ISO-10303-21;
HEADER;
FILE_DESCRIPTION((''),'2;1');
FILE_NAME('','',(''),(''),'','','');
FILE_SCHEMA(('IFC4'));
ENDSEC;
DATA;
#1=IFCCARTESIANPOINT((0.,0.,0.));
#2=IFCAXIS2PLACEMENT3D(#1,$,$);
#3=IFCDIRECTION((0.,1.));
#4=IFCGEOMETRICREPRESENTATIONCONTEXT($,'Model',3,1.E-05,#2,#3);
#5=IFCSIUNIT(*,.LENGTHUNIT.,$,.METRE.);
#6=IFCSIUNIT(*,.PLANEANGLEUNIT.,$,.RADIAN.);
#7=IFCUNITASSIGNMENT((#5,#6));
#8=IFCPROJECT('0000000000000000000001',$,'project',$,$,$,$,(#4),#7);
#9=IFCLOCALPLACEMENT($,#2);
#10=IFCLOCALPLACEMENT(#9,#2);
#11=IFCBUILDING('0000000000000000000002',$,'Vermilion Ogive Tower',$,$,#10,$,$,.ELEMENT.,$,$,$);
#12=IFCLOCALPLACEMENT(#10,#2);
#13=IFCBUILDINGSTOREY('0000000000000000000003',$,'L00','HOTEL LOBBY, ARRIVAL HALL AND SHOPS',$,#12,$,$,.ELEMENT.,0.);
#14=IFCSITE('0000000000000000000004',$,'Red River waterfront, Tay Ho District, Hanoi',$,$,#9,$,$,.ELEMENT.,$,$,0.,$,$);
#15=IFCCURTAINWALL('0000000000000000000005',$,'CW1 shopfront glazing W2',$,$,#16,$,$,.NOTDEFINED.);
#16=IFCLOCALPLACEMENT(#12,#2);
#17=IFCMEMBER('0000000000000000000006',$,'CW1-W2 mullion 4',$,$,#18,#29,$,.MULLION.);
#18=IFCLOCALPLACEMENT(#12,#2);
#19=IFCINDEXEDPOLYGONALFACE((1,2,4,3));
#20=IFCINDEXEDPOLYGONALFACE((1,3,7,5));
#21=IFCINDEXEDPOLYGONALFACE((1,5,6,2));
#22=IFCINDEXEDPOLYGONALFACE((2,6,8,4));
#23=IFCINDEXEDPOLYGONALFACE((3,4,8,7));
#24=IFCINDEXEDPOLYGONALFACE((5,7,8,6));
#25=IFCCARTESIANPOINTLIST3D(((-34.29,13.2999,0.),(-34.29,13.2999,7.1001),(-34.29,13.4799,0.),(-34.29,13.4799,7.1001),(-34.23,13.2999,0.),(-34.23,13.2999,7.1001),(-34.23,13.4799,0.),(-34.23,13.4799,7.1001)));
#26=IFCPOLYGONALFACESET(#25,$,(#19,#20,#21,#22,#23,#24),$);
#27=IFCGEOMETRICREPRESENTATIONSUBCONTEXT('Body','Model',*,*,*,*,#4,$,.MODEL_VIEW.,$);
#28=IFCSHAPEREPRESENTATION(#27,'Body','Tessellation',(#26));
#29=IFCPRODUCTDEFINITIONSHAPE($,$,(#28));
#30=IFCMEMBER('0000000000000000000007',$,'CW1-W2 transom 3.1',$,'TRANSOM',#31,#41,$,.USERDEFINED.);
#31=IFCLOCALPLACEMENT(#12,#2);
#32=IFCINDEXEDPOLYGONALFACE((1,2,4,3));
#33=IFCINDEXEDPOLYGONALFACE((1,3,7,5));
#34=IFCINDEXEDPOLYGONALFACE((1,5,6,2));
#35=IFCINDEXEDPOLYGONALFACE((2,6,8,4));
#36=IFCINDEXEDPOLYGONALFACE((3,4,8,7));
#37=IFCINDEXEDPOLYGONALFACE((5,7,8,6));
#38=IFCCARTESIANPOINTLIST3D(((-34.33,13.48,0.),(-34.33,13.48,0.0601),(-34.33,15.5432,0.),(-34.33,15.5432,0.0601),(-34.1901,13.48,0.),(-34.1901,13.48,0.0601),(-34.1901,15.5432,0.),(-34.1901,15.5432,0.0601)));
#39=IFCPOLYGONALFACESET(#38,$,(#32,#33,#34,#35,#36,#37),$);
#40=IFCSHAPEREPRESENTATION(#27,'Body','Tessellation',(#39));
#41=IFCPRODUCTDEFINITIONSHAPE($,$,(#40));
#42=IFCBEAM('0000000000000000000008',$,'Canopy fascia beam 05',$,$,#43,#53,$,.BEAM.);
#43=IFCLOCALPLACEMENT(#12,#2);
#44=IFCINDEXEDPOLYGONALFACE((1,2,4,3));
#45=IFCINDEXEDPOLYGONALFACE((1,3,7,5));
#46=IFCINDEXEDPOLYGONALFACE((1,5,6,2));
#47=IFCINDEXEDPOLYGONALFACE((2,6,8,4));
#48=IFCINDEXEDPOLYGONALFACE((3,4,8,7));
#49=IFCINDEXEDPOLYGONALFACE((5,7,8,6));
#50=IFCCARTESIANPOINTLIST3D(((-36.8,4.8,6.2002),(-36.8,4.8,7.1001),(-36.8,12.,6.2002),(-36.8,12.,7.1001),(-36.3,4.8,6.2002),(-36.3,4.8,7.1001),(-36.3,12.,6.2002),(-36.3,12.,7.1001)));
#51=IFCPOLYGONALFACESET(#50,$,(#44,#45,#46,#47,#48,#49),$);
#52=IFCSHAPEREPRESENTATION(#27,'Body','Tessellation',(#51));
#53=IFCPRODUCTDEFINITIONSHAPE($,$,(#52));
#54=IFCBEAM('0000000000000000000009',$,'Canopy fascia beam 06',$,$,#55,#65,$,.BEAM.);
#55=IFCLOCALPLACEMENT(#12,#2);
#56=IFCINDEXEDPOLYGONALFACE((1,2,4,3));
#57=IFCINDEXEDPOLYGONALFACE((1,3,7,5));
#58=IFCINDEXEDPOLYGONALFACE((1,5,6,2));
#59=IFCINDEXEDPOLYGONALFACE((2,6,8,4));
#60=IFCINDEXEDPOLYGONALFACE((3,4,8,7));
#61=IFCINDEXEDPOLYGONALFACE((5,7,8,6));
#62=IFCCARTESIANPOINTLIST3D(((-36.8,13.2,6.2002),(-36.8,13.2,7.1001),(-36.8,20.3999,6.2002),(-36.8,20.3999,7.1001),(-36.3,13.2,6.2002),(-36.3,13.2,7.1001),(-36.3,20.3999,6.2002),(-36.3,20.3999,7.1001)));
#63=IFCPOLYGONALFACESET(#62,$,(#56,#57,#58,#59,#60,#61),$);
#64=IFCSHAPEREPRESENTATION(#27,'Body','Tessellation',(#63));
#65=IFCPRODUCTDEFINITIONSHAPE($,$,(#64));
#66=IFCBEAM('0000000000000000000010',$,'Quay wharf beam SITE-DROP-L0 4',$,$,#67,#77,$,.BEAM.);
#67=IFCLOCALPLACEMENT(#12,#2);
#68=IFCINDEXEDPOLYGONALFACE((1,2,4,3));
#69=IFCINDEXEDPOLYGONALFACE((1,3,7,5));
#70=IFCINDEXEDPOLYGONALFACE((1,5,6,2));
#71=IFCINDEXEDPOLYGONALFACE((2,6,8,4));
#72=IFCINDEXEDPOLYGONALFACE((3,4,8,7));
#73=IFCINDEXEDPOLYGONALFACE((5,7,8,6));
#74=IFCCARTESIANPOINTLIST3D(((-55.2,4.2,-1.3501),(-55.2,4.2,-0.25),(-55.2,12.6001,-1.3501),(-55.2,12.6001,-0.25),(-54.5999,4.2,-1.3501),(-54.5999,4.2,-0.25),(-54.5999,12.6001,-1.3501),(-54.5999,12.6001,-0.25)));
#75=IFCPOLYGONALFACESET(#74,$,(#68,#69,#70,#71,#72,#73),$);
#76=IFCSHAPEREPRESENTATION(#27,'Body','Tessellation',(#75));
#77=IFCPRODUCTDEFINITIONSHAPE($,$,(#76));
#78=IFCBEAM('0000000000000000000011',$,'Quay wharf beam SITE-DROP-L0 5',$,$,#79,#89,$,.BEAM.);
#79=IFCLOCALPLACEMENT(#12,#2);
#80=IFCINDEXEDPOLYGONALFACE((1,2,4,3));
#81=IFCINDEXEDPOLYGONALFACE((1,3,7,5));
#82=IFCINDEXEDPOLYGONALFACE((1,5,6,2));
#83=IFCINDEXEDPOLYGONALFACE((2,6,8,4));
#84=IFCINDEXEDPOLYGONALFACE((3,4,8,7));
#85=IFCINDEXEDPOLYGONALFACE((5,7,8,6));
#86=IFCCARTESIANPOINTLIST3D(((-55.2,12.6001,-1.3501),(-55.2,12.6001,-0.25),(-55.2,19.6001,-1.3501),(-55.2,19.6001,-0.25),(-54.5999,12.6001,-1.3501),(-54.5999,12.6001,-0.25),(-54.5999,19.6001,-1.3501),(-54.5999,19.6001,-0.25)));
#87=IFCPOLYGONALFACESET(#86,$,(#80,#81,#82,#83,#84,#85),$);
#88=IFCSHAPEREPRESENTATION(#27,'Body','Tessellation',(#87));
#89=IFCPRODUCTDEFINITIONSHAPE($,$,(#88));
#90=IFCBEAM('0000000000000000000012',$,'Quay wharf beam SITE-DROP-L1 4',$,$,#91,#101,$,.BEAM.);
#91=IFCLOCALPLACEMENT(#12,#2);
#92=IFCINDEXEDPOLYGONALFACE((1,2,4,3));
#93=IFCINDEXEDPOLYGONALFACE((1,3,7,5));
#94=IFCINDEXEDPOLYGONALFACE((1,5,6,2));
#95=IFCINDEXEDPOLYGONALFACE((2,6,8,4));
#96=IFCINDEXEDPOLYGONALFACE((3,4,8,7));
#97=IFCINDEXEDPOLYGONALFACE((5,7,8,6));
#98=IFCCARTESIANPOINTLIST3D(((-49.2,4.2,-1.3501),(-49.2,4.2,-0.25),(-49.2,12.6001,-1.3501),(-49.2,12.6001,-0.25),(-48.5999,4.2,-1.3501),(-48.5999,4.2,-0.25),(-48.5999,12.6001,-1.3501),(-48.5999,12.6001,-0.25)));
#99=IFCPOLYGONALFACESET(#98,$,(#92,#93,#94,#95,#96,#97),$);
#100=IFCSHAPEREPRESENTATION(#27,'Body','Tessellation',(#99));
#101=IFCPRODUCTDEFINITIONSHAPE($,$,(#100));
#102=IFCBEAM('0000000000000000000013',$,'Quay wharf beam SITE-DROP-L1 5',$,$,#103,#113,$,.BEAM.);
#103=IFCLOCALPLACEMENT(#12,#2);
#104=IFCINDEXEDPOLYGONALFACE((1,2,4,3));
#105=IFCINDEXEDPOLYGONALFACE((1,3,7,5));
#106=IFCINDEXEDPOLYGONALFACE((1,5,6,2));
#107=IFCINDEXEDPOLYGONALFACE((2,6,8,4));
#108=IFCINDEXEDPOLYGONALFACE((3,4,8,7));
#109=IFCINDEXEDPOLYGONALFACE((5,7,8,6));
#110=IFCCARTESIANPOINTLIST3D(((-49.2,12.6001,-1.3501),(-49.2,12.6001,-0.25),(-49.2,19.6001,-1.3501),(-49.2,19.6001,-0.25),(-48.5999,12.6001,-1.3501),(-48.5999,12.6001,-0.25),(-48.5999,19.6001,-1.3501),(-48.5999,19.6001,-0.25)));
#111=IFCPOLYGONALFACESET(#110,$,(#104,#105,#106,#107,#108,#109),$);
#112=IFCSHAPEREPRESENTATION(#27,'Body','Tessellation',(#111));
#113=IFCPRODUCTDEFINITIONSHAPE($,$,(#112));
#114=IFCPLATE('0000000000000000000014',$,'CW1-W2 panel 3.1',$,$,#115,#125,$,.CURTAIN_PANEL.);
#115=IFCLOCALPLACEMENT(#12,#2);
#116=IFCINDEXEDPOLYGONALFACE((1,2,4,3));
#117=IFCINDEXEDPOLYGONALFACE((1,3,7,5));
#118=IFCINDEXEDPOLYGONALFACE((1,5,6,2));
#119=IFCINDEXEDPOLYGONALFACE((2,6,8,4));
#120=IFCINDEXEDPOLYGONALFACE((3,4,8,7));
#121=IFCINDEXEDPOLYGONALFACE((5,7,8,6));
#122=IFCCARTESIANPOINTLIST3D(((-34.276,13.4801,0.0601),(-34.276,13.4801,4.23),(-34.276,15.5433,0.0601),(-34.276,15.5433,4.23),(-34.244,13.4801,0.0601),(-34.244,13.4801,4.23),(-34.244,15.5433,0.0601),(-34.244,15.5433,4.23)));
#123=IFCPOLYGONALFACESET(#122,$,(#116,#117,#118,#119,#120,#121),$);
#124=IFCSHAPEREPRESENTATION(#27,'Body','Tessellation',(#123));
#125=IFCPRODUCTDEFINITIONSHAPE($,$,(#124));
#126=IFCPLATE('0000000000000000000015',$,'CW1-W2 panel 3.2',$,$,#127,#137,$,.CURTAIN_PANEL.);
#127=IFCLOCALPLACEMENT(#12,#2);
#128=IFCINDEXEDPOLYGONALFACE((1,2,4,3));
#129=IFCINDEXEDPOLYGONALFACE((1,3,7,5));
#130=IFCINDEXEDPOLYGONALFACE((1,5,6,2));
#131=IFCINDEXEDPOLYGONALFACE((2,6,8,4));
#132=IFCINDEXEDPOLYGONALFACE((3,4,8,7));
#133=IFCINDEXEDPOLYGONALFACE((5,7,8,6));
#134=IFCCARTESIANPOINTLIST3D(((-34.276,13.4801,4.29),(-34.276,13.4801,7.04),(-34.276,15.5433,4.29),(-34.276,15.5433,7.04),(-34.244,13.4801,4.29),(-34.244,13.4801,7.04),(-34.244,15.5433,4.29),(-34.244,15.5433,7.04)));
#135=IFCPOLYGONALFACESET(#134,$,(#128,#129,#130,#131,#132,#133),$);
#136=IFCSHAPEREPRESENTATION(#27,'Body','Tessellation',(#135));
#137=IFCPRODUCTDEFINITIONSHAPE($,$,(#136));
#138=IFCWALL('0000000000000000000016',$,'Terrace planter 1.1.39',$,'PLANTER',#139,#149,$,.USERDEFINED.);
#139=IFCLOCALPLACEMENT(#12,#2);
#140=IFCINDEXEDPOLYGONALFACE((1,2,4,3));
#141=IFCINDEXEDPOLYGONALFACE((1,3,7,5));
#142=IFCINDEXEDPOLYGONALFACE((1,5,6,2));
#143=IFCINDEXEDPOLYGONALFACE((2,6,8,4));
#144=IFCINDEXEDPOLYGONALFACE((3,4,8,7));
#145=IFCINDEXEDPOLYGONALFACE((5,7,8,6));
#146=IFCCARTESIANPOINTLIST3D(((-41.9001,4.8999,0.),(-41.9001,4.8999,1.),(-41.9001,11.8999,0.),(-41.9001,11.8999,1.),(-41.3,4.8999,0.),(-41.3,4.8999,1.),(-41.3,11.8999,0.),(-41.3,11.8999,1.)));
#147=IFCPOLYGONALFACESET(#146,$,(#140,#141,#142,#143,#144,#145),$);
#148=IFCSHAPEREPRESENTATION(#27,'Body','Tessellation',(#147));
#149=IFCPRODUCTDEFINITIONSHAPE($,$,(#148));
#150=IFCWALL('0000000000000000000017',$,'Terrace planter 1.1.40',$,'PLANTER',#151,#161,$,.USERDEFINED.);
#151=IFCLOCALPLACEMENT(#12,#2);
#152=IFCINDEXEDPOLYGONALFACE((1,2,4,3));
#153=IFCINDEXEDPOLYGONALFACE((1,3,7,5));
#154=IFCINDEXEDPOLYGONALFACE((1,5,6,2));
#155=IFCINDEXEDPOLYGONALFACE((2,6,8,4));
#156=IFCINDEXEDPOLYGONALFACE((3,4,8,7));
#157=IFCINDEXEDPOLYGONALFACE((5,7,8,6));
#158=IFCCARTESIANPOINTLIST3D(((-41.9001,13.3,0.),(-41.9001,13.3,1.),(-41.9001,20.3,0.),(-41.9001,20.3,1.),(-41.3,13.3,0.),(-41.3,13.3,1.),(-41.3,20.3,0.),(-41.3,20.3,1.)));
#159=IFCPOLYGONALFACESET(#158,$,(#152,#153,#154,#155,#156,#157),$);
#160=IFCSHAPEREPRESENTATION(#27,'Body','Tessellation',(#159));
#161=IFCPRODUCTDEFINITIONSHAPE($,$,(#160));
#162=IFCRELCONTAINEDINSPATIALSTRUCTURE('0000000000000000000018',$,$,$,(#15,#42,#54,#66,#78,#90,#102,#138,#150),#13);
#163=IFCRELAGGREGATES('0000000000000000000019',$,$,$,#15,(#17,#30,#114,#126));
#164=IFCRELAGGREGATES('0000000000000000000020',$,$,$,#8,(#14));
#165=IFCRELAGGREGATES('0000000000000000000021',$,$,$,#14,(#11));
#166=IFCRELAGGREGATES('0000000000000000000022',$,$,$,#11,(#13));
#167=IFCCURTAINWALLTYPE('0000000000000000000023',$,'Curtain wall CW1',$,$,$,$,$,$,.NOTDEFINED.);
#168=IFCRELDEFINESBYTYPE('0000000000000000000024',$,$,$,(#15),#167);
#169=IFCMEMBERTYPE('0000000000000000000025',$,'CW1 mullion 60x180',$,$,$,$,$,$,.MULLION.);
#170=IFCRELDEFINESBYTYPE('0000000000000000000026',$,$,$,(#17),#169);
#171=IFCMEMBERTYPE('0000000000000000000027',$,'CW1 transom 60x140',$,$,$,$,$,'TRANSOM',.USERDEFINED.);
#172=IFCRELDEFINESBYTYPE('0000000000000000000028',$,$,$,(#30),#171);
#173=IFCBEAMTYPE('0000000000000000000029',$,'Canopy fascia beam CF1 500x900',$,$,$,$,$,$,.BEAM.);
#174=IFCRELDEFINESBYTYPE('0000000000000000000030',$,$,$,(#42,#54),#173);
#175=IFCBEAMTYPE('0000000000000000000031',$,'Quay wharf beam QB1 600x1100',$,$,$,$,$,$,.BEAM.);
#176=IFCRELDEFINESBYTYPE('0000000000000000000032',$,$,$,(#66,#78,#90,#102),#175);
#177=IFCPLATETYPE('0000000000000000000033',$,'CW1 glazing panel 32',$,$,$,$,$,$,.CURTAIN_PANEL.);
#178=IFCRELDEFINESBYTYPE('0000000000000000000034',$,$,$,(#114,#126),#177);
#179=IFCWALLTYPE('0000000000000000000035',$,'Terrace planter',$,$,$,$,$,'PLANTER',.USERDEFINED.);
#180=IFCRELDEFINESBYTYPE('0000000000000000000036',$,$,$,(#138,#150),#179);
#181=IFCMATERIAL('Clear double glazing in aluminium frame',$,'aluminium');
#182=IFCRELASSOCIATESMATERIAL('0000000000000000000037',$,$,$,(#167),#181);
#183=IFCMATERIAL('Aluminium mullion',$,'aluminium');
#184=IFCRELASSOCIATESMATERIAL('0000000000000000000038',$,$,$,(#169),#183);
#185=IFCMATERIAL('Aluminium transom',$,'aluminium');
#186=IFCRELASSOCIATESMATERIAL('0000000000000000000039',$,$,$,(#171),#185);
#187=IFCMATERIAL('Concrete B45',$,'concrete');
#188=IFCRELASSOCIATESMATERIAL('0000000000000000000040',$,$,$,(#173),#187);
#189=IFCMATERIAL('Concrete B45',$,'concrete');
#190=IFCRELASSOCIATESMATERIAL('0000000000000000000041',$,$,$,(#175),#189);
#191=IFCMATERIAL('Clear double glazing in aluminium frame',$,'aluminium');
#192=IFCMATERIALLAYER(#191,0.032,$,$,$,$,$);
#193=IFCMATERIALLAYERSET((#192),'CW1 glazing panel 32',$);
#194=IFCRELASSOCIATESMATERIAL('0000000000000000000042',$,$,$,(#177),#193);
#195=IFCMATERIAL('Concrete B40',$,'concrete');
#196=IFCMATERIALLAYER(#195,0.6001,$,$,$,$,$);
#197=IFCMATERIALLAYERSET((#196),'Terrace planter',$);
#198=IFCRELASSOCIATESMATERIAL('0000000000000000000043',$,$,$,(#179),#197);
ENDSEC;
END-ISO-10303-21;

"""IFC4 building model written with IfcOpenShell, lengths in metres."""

from ifc_helpers import new_model, si_unit, direction, frame, frame_2d, origin, origin_2d, place, context, subcontext, project, spatial, rectangle, extrude, material, layer, layer_set, material_profile, profile_set, type_object, element, aggregate, save


model = new_model("IFC4")

# Units and contexts
model_context = context("Model", 3, precision=1e-05, world=origin(), true_north=direction((0.0, 1.0)))
body_context = subcontext(model_context, "Body", "Model", "MODEL_VIEW")
ifc_project = project(units=[si_unit("LENGTHUNIT", "METRE"), si_unit("PLANEANGLEUNIT", "RADIAN")], contexts=[model_context])

# Site, building, storey
site_placement = place(None, origin())
site = spatial("IfcSite", under=ifc_project, at=site_placement, Name="Red River waterfront, Tay Ho District, Hanoi", CompositionType="ELEMENT", RefElevation=0.0)
building_placement = place(site_placement, origin())
building = spatial("IfcBuilding", under=site, at=building_placement, Name="Vermilion Ogive Tower", CompositionType="ELEMENT")
storey_placement = place(building_placement, origin())
storey = spatial("IfcBuildingStorey", under=building, at=storey_placement, Name="L00", Description="HOTEL LOBBY, ARRIVAL HALL AND SHOPS", CompositionType="ELEMENT", Elevation=0.0)

# Curtain wall, members
ifc_material_1 = material(Name="Clear double glazing in aluminium frame", Category="aluminium")
curtain_wall_type = type_object("IfcCurtainWallType", Name="Curtain wall CW1", PredefinedType="NOTDEFINED", material=ifc_material_1)
curtain_wall_placement = place(storey_placement, origin())
curtain_wall = element("IfcCurtainWall", 1, at=curtain_wall_placement, inside=storey, type_object=curtain_wall_type, Name="CW1 shopfront glazing W2", PredefinedType="NOTDEFINED")
ifc_material_2 = material(Name="Aluminium mullion", Category="aluminium")
ifc_material_profile_1 = material_profile(ifc_material_2, rectangle(XDim=0.0601, YDim=0.1799, at=origin_2d()), Name="AL 60x180")
ifc_profile_set_1 = profile_set([ifc_material_profile_1], Name="Aluminium mullion")
member_type_1 = type_object("IfcMemberType", Name="CW1 mullion 60x180", PredefinedType="MULLION", material=ifc_profile_set_1)
member_1_placement = place(storey_placement, frame((-34.26, 13.3899, 0.0), z_axis=(0.0, 0.0, 1.0), x_axis=(1.0, 0.0, 0.0)))
member_1 = element("IfcMember", 2, at=member_1_placement, type_object=member_type_1, Name="CW1-W2 mullion 4", PredefinedType="MULLION", context=body_context, shape_type="SweptSolid", body=[
    extrude(rectangle(XDim=0.0601, YDim=0.1799, at=origin_2d()), origin(), (0.0, 0.0, 1.0), 7.1001),
])
ifc_material_3 = material(Name="Aluminium transom", Category="aluminium")
ifc_material_profile_2 = material_profile(ifc_material_3, rectangle(XDim=0.1399, YDim=0.0601, at=origin_2d()), Name="AL 60x140")
ifc_profile_set_2 = profile_set([ifc_material_profile_2], Name="Aluminium transom")
member_type_2 = type_object("IfcMemberType", Name="CW1 transom 60x140", ElementType="TRANSOM", PredefinedType="USERDEFINED", material=ifc_profile_set_2)
member_2_placement = place(storey_placement, frame((-34.26, 15.5432, 0.03), z_axis=(0.0, -1.0, 0.0), x_axis=(1.0, 0.0, 0.0)))
member_2 = element("IfcMember", 3, at=member_2_placement, type_object=member_type_2, Name="CW1-W2 transom 3.1", ObjectType="TRANSOM", PredefinedType="USERDEFINED", context=body_context, shape_type="SweptSolid", body=[
    extrude(rectangle(XDim=0.1399, YDim=0.0601, at=origin_2d()), origin(), (0.0, 0.0, 1.0), 2.0632),
])

# Beams
ifc_material_4 = material(Name="Concrete B45", Category="concrete")
ifc_material_profile_3 = material_profile(ifc_material_4, rectangle(XDim=0.5, YDim=0.8999, at=origin_2d()), Name="RC 500x900")
ifc_profile_set_3 = profile_set([ifc_material_profile_3], Name="Concrete B45")
beam_type_1 = type_object("IfcBeamType", Name="Canopy fascia beam CF1 500x900", PredefinedType="BEAM", material=ifc_profile_set_3)
for number, where, z_axis, x_axis, name in (
    (4, (-36.55, 4.8, 6.6501), (0.0, 1.0, 0.0), (-1.0, 0.0, 0.0), "Canopy fascia beam 05"),
    (5, (-36.55, 13.2, 6.6501), (0.0, 1.0, 0.0), (-1.0, 0.0, 0.0), "Canopy fascia beam 06"),
):
    element("IfcBeam", number, at=place(storey_placement, frame(where, z_axis=z_axis, x_axis=x_axis)), inside=storey, type_object=beam_type_1, Name=name, PredefinedType="BEAM", context=body_context, shape_type="SweptSolid", body=[
        extrude(rectangle(XDim=0.5, YDim=0.8999, at=origin_2d()), origin(), (0.0, 0.0, 1.0), 7.2),
    ])
ifc_material_5 = material(Name="Concrete B45", Category="concrete")
ifc_material_profile_4 = material_profile(ifc_material_5, rectangle(XDim=0.6001, YDim=1.1001, at=origin_2d()), Name="RC 600x1100")
ifc_profile_set_4 = profile_set([ifc_material_profile_4], Name="Concrete B45")
beam_type_2 = type_object("IfcBeamType", Name="Quay wharf beam QB1 600x1100", PredefinedType="BEAM", material=ifc_profile_set_4)
beam_1_placement = place(storey_placement, frame((-54.8999, 4.2, -0.8), z_axis=(0.0, 1.0, 0.0), x_axis=(-1.0, 0.0, 0.0)))
element("IfcBeam", 6, at=beam_1_placement, inside=storey, type_object=beam_type_2, Name="Quay wharf beam SITE-DROP-L0 4", PredefinedType="BEAM", context=body_context, shape_type="SweptSolid", body=[
    extrude(rectangle(XDim=0.6001, YDim=1.1001, at=origin_2d()), origin(), (0.0, 0.0, 1.0), 8.4001),
])
beam_2_placement = place(storey_placement, frame((-54.8999, 12.6001, -0.8), z_axis=(0.0, 1.0, 0.0), x_axis=(-1.0, 0.0, 0.0)))
element("IfcBeam", 7, at=beam_2_placement, inside=storey, type_object=beam_type_2, Name="Quay wharf beam SITE-DROP-L0 5", PredefinedType="BEAM", context=body_context, shape_type="SweptSolid", body=[
    extrude(rectangle(XDim=0.6001, YDim=1.1001, at=origin_2d()), origin(), (0.0, 0.0, 1.0), 7.0),
])
beam_3_placement = place(storey_placement, frame((-48.8999, 4.2, -0.8), z_axis=(0.0, 1.0, 0.0), x_axis=(-1.0, 0.0, 0.0)))
element("IfcBeam", 8, at=beam_3_placement, inside=storey, type_object=beam_type_2, Name="Quay wharf beam SITE-DROP-L1 4", PredefinedType="BEAM", context=body_context, shape_type="SweptSolid", body=[
    extrude(rectangle(XDim=0.6001, YDim=1.1001, at=origin_2d()), origin(), (0.0, 0.0, 1.0), 8.4001),
])
beam_4_placement = place(storey_placement, frame((-48.8999, 12.6001, -0.8), z_axis=(0.0, 1.0, 0.0), x_axis=(-1.0, 0.0, 0.0)))
element("IfcBeam", 9, at=beam_4_placement, inside=storey, type_object=beam_type_2, Name="Quay wharf beam SITE-DROP-L1 5", PredefinedType="BEAM", context=body_context, shape_type="SweptSolid", body=[
    extrude(rectangle(XDim=0.6001, YDim=1.1001, at=origin_2d()), origin(), (0.0, 0.0, 1.0), 7.0),
])

# Plates
ifc_material_6 = material(Name="Clear double glazing in aluminium frame", Category="aluminium")
ifc_layer_1 = layer(ifc_material_6, 0.032)
ifc_layer_set_1 = layer_set([ifc_layer_1], Name="CW1 glazing panel 32")
plate_type = type_object("IfcPlateType", Name="CW1 glazing panel 32", PredefinedType="CURTAIN_PANEL", material=ifc_layer_set_1)
plate_1_placement = place(storey_placement, frame((-34.26, 14.5117, 0.0601), z_axis=(0.0, 0.0, 1.0), x_axis=(0.0, -1.0, 0.0)))
plate_1 = element("IfcPlate", 10, at=plate_1_placement, type_object=plate_type, Name="CW1-W2 panel 3.1", PredefinedType="CURTAIN_PANEL", context=body_context, shape_type="SweptSolid", body=[
    extrude(rectangle(XDim=2.0632, YDim=0.032, at=origin_2d()), origin(), (0.0, 0.0, 1.0), 4.1699),
])
plate_2_placement = place(storey_placement, frame((-34.26, 14.5117, 4.29), z_axis=(0.0, 0.0, 1.0), x_axis=(0.0, -1.0, 0.0)))
plate_2 = element("IfcPlate", 11, at=plate_2_placement, type_object=plate_type, Name="CW1-W2 panel 3.2", PredefinedType="CURTAIN_PANEL", context=body_context, shape_type="SweptSolid", body=[
    extrude(rectangle(XDim=2.0632, YDim=0.032, at=origin_2d()), origin(), (0.0, 0.0, 1.0), 2.75),
])
aggregate(curtain_wall, [member_1, member_2, plate_1, plate_2])

# Walls
ifc_material_7 = material(Name="Concrete B40", Category="concrete")
ifc_layer_2 = layer(ifc_material_7, 0.6001)
ifc_layer_set_2 = layer_set([ifc_layer_2], Name="Terrace planter")
wall_type = type_object("IfcWallType", Name="Terrace planter", ElementType="PLANTER", PredefinedType="USERDEFINED", material=ifc_layer_set_2)
for number, where, z_axis, x_axis, name in (
    (12, (-41.6001, 4.8999, 0.0), (0.0, 0.0, 1.0), (0.0, 1.0, 0.0), "Terrace planter 1.1.39"),
    (13, (-41.6001, 13.3, 0.0), (0.0, 0.0, 1.0), (0.0, 1.0, 0.0), "Terrace planter 1.1.40"),
):
    element("IfcWall", number, at=place(storey_placement, frame(where, z_axis=z_axis, x_axis=x_axis)), inside=storey, type_object=wall_type, Name=name, ObjectType="PLANTER", PredefinedType="USERDEFINED", context=body_context, shape_type="SweptSolid", body=[
        extrude(rectangle(XDim=7.0, YDim=0.6001, at=frame_2d((3.5, 0.0))), origin(), (0.0, 0.0, 1.0), 1.0),
    ])

save(model, "model.ifc")
